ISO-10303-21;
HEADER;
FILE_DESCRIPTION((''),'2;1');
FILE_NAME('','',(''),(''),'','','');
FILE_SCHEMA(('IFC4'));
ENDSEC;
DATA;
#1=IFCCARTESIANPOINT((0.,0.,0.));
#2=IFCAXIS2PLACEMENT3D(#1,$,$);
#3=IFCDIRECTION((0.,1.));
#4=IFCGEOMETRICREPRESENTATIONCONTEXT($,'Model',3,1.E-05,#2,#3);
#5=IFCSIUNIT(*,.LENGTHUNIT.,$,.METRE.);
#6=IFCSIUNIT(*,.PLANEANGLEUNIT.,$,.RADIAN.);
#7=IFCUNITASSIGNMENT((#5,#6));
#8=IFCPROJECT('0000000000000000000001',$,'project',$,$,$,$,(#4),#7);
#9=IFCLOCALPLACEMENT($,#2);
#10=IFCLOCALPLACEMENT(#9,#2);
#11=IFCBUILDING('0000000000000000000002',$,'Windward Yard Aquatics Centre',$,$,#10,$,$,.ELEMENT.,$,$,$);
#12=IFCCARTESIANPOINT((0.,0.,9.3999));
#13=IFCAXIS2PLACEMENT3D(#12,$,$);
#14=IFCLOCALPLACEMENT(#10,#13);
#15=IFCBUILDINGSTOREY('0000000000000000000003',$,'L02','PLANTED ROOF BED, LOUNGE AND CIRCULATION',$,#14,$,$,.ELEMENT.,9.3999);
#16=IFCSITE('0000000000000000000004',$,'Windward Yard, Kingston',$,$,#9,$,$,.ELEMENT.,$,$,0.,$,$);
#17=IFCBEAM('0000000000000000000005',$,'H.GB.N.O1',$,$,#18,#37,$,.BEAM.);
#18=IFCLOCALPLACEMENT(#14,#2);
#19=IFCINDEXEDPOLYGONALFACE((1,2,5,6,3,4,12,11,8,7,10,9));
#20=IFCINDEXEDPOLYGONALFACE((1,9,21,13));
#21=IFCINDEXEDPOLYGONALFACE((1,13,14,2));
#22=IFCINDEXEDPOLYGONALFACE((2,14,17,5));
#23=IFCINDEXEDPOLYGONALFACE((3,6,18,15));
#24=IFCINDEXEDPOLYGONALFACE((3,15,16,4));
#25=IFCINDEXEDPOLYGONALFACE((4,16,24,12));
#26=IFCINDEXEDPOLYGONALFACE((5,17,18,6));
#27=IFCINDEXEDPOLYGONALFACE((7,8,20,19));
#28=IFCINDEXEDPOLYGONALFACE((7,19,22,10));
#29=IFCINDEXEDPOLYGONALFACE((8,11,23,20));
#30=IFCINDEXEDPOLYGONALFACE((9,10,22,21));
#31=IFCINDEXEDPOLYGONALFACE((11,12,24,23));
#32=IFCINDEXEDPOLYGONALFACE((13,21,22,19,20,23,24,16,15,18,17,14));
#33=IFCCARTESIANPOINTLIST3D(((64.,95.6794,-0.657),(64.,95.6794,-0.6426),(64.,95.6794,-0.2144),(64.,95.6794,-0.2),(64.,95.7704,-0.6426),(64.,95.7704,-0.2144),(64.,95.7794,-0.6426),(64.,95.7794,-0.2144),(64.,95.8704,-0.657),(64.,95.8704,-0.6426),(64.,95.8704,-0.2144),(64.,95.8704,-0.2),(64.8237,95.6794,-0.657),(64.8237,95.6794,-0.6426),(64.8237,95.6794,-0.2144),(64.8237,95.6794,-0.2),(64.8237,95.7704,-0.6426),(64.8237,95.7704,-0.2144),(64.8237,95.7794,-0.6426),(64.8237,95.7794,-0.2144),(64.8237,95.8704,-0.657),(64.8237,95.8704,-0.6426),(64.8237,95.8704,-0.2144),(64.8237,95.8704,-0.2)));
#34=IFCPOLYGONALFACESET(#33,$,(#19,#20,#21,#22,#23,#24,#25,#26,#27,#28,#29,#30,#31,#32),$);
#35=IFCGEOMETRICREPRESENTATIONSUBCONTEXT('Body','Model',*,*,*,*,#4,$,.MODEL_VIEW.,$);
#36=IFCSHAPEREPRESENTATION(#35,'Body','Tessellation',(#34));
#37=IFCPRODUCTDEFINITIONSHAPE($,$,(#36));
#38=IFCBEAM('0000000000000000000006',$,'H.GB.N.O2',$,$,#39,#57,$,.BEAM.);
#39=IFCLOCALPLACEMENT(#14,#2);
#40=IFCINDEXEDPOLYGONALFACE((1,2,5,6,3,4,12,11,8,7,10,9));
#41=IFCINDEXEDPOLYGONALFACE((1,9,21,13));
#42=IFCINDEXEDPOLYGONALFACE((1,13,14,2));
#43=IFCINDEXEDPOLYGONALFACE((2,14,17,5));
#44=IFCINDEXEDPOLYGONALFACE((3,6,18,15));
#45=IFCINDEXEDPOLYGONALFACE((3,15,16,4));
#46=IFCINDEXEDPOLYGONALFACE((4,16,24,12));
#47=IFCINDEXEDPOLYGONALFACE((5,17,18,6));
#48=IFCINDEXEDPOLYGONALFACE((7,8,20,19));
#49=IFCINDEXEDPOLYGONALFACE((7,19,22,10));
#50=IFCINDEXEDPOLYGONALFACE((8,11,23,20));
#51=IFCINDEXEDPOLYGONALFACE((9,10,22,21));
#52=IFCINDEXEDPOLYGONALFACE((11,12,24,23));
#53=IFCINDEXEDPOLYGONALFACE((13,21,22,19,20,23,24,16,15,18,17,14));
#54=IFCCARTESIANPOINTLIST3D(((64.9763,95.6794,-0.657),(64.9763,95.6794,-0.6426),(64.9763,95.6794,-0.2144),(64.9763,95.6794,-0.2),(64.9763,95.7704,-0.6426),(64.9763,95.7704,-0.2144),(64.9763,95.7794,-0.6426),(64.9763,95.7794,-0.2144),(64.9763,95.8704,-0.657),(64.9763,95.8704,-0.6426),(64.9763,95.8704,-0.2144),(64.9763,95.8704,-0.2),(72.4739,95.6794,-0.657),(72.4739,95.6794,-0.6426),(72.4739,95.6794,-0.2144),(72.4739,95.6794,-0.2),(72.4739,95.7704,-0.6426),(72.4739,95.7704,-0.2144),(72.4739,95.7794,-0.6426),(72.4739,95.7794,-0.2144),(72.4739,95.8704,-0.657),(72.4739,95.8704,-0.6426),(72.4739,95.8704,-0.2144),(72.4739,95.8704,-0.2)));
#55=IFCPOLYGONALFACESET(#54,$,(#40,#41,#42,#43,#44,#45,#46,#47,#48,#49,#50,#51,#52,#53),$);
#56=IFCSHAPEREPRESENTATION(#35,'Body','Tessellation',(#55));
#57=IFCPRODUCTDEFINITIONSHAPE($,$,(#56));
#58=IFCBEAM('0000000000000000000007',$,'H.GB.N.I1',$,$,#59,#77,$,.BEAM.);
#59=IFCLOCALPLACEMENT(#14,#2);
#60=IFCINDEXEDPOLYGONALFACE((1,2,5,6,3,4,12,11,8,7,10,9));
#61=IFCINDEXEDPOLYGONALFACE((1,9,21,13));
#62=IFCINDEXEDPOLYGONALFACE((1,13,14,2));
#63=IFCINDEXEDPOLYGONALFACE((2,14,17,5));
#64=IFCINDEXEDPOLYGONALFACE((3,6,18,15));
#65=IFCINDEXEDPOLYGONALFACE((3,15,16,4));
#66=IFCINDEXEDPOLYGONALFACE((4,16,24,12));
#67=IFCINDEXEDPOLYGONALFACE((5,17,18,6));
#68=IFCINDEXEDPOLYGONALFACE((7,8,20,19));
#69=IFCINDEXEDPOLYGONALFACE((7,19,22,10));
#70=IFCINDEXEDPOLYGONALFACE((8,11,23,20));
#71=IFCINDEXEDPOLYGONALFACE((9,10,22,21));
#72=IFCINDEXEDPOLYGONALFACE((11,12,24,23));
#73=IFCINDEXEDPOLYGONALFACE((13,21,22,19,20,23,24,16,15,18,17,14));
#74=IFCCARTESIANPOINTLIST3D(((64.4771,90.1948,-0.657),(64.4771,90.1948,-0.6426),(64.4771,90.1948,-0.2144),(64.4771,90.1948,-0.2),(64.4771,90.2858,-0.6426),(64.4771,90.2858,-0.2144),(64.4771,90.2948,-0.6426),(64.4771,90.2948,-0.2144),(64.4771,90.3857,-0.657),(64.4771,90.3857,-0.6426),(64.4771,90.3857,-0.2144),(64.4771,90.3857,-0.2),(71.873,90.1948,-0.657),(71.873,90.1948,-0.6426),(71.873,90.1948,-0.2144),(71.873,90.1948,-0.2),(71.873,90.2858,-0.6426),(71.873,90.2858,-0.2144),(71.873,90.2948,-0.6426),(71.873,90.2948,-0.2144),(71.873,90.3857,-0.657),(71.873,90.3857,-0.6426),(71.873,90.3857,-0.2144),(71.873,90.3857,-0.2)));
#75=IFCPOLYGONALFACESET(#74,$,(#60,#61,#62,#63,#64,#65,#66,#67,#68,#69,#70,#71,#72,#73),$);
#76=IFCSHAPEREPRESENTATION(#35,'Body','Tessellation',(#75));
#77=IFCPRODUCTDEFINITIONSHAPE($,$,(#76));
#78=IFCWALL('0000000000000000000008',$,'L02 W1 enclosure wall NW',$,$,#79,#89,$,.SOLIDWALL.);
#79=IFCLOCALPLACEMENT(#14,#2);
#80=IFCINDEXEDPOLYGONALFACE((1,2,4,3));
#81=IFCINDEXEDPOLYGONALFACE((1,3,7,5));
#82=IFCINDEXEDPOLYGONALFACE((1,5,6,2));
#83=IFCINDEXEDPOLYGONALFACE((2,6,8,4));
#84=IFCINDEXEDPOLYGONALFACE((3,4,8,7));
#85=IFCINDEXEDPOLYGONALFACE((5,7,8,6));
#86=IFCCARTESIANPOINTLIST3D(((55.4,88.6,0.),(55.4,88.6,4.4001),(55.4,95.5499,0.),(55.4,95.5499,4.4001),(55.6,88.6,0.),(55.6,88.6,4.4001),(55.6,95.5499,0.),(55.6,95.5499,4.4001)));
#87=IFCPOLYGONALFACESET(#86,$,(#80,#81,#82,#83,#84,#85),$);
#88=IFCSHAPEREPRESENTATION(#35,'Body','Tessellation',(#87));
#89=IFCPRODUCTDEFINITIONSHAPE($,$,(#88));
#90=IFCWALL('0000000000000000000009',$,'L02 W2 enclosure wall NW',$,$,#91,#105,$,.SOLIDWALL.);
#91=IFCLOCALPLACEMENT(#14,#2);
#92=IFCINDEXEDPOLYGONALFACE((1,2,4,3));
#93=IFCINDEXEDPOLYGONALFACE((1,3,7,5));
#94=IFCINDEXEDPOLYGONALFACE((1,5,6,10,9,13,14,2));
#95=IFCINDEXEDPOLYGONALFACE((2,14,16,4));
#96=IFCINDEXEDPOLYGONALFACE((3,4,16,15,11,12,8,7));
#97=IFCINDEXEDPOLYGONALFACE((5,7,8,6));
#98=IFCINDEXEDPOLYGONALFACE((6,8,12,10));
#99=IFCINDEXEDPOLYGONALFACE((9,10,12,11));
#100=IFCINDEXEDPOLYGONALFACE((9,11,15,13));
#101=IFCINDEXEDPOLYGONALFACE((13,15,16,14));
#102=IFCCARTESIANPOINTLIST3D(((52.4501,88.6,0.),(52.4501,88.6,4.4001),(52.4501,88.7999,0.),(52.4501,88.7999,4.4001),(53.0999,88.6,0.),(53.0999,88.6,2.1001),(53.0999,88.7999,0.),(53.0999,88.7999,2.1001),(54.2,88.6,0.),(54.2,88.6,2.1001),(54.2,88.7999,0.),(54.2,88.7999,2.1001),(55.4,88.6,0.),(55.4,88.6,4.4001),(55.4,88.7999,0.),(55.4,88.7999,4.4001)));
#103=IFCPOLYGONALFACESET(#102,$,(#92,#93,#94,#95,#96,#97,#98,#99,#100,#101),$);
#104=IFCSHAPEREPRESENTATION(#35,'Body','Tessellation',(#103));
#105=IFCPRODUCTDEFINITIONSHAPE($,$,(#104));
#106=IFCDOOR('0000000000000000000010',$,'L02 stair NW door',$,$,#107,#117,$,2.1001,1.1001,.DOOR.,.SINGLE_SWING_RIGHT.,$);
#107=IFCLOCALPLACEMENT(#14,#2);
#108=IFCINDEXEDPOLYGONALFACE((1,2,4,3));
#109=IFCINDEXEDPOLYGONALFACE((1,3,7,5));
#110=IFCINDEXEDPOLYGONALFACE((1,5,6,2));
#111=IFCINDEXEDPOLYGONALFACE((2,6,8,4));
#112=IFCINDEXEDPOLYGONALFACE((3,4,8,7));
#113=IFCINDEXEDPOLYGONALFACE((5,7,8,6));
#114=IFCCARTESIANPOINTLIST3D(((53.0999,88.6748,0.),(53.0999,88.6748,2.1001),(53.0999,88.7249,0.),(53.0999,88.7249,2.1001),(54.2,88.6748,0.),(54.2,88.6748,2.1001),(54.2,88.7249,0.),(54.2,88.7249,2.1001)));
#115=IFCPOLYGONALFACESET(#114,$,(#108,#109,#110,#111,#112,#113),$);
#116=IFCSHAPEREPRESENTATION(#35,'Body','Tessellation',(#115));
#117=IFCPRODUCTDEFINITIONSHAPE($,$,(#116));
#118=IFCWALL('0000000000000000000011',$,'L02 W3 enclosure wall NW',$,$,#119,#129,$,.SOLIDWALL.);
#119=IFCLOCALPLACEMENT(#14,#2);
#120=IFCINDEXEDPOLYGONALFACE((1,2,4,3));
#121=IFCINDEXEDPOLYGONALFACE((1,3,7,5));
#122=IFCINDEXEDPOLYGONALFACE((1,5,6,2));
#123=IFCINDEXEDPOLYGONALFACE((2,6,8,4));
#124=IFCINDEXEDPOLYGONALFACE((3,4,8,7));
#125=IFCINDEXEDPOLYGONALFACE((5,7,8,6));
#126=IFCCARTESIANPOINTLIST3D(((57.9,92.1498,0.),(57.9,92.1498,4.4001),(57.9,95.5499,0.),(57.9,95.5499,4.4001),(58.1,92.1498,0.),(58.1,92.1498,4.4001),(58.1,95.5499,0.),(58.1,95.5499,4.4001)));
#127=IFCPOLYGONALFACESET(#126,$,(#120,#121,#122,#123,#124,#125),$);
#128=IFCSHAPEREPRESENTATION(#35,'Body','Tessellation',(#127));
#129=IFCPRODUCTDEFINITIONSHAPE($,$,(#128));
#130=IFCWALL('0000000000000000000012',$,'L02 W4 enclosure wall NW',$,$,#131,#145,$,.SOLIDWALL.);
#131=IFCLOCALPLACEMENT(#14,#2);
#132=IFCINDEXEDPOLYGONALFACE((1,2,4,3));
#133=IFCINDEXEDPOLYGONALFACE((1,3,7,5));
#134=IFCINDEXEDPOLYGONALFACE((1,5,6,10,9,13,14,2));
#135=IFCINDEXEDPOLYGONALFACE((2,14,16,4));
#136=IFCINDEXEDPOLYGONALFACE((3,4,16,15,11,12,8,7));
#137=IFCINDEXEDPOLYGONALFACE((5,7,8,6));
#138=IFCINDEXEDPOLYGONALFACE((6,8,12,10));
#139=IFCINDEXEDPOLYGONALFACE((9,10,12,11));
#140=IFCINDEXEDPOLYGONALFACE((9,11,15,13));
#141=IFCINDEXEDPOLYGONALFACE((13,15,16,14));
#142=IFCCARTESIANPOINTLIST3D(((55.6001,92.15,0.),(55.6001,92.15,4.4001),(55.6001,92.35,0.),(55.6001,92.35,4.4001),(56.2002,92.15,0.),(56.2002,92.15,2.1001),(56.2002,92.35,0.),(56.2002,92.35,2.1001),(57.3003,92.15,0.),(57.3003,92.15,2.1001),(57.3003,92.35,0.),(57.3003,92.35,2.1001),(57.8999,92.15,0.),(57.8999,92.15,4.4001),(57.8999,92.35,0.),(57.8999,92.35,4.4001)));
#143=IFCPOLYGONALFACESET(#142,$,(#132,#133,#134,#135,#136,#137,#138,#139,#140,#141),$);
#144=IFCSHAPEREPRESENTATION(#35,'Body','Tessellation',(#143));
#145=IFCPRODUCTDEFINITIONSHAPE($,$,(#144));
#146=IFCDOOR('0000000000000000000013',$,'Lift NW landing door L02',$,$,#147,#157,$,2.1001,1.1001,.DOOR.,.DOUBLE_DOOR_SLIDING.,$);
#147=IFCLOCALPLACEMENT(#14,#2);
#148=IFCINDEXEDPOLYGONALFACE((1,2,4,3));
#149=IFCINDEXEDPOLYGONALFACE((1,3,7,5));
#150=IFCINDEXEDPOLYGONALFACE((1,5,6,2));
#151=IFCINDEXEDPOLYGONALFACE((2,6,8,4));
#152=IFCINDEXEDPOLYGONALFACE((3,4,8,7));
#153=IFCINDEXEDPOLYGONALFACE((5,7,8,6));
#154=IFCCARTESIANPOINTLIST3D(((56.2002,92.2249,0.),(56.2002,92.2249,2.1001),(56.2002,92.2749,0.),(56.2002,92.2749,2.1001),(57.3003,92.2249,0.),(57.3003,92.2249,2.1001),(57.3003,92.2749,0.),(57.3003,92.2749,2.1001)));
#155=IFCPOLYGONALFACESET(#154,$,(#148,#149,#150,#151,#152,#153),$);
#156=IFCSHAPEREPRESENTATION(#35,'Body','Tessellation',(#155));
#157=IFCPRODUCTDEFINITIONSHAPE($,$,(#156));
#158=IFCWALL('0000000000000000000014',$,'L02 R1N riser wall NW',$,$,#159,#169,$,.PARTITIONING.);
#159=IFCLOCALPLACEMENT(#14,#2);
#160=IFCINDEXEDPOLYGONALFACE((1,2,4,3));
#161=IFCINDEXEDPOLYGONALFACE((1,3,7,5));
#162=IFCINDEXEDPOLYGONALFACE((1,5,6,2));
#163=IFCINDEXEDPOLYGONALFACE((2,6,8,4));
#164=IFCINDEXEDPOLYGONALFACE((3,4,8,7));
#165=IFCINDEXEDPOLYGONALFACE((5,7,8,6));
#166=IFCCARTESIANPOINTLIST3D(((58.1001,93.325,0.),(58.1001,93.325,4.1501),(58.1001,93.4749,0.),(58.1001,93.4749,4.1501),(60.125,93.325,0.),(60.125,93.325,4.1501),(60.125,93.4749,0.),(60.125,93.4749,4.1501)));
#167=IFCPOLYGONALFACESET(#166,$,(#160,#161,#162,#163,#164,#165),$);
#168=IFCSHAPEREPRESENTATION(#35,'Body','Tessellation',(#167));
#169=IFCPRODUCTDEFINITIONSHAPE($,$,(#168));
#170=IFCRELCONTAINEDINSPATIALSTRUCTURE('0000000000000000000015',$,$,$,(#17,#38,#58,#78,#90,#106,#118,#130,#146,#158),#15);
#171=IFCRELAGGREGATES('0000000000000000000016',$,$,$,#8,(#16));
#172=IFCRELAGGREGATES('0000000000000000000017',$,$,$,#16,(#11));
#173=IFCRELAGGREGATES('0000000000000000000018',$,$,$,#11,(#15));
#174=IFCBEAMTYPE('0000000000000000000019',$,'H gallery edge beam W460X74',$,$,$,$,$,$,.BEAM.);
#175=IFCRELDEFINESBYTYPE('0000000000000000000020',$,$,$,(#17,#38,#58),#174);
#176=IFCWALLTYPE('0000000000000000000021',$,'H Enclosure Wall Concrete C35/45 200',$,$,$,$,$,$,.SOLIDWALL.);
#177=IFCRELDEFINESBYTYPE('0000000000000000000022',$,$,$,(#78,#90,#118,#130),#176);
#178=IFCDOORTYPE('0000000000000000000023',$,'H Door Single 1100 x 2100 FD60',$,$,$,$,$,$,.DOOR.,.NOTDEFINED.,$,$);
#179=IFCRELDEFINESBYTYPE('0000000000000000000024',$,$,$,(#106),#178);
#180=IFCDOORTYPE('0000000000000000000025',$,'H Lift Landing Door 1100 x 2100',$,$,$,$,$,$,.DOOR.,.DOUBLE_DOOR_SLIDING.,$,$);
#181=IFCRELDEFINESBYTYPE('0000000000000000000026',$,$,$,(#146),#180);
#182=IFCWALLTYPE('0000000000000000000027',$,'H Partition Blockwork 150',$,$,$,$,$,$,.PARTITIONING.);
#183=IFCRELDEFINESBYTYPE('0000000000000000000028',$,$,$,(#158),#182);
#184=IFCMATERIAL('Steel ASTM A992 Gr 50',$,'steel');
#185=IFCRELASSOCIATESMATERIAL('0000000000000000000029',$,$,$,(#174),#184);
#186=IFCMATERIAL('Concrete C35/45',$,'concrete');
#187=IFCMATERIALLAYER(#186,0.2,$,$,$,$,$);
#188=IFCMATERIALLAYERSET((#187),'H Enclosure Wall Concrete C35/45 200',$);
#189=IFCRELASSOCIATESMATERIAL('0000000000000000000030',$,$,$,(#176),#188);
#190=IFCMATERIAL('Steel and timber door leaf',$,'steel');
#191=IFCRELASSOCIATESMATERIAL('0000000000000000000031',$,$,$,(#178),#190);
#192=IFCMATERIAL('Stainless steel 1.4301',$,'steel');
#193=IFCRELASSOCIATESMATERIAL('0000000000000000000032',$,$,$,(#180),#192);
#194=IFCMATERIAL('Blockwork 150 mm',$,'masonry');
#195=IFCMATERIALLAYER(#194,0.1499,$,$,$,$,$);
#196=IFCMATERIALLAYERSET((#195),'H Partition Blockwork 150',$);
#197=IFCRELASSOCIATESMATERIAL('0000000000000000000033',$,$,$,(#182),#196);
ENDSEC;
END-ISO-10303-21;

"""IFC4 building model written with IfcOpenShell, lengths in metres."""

from ifc_helpers import new_model, si_unit, direction, frame, frame_2d, origin, origin_2d, place, context, subcontext, project, spatial, rectangle, i_section, extrude, material, layer, layer_set, material_profile, profile_set, type_object, element, fill, save


model = new_model("IFC4")

# Units and contexts
model_context = context("Model", 3, precision=1e-05, world=origin(), true_north=direction((0.0, 1.0)))
body_context = subcontext(model_context, "Body", "Model", "MODEL_VIEW")
ifc_project = project(units=[si_unit("LENGTHUNIT", "METRE"), si_unit("PLANEANGLEUNIT", "RADIAN")], contexts=[model_context])

# Site, building, storey
site_placement = place(None, origin())
site = spatial("IfcSite", under=ifc_project, at=site_placement, Name="Windward Yard, Kingston", CompositionType="ELEMENT", RefElevation=0.0)
building_placement = place(site_placement, origin())
building = spatial("IfcBuilding", under=site, at=building_placement, Name="Windward Yard Aquatics Centre", CompositionType="ELEMENT")
storey_placement = place(building_placement, frame((0.0, 0.0, 9.3999)))
storey = spatial("IfcBuildingStorey", under=building, at=storey_placement, Name="L02", Description="PLANTED ROOF BED, LOUNGE AND CIRCULATION", CompositionType="ELEMENT", Elevation=9.3999)

# Beams
ifc_material_1 = material(Name="Steel ASTM A992 Gr 50", Category="steel")
ifc_material_profile = material_profile(ifc_material_1, i_section(OverallWidth=0.1909, OverallDepth=0.457, WebThickness=0.009, FlangeThickness=0.0144, at=origin_2d()), Name="W460X74")
ifc_profile_set = profile_set([ifc_material_profile], Name="Steel ASTM A992 Gr 50")
beam_type = type_object("IfcBeamType", Name="H gallery edge beam W460X74", PredefinedType="BEAM", material=ifc_profile_set)
beam_1_placement = place(storey_placement, frame((64.0, 95.7749, -0.4285), z_axis=(1.0, 0.0, 0.0), x_axis=(0.0, 1.0, 0.0)))
element("IfcBeam", 1, at=beam_1_placement, inside=storey, type_object=beam_type, Name="H.GB.N.O1", PredefinedType="BEAM", context=body_context, shape_type="SweptSolid", body=[
    extrude(i_section(OverallWidth=0.1909, OverallDepth=0.457, WebThickness=0.009, FlangeThickness=0.0144, at=origin_2d()), origin(), (0.0, 0.0, 1.0), 0.8237),
])
beam_2_placement = place(storey_placement, frame((64.9763, 95.7749, -0.4285), z_axis=(1.0, 0.0, 0.0), x_axis=(0.0, 1.0, 0.0)))
element("IfcBeam", 2, at=beam_2_placement, inside=storey, type_object=beam_type, Name="H.GB.N.O2", PredefinedType="BEAM", context=body_context, shape_type="SweptSolid", body=[
    extrude(i_section(OverallWidth=0.1909, OverallDepth=0.457, WebThickness=0.009, FlangeThickness=0.0144, at=origin_2d()), origin(), (0.0, 0.0, 1.0), 7.4976),
])
beam_3_placement = place(storey_placement, frame((64.4771, 90.2903, -0.4285), z_axis=(1.0, 0.0, 0.0), x_axis=(0.0, 1.0, 0.0)))
element("IfcBeam", 3, at=beam_3_placement, inside=storey, type_object=beam_type, Name="H.GB.N.I1", PredefinedType="BEAM", context=body_context, shape_type="SweptSolid", body=[
    extrude(i_section(OverallWidth=0.1909, OverallDepth=0.457, WebThickness=0.009, FlangeThickness=0.0144, at=origin_2d()), origin(), (0.0, 0.0, 1.0), 7.396),
])

# Wall
ifc_material_2 = material(Name="Concrete C35/45", Category="concrete")
ifc_layer_1 = layer(ifc_material_2, 0.2)
ifc_layer_set_1 = layer_set([ifc_layer_1], Name="H Enclosure Wall Concrete C35/45 200")
wall_type_1 = type_object("IfcWallType", Name="H Enclosure Wall Concrete C35/45 200", PredefinedType="SOLIDWALL", material=ifc_layer_set_1)
wall_1_placement = place(storey_placement, frame((55.5, 95.55, 0.0), z_axis=(0.0, 0.0, 1.0), x_axis=(0.0, -1.0, 0.0)))
element("IfcWall", 4, at=wall_1_placement, inside=storey, type_object=wall_type_1, Name="L02 W1 enclosure wall NW", PredefinedType="SOLIDWALL", context=body_context, shape_type="SweptSolid", body=[
    extrude(rectangle(XDim=6.95, YDim=0.2, at=frame_2d((3.4751, 0.0))), origin(), (0.0, 0.0, 1.0), 4.4001),
])

# Wall, opening, door
wall_2_placement = place(storey_placement, frame((52.45, 88.7, 0.0), z_axis=(0.0, 0.0, 1.0), x_axis=(1.0, 0.0, 0.0)))
wall_2 = element("IfcWall", 5, at=wall_2_placement, inside=storey, type_object=wall_type_1, Name="L02 W2 enclosure wall NW", PredefinedType="SOLIDWALL", context=body_context, shape_type="SweptSolid", body=[
    extrude(rectangle(XDim=2.95, YDim=0.2, at=frame_2d((1.4751, 0.0))), origin(), (0.0, 0.0, 1.0), 4.4001),
])
opening_1_placement = place(wall_2_placement, frame((0.6499, 0.0, 0.0)))
opening_1 = element("IfcOpeningElement", 6, at=opening_1_placement, cuts=wall_2, PredefinedType="OPENING", context=body_context, shape_type="SweptSolid", body=[
    extrude(rectangle(XDim=1.1001, YDim=2.1001, at=frame_2d((0.55, 1.05))), frame((0.0, 0.1099, 0.0), z_axis=(0.0, -1.0, 0.0), x_axis=(1.0, 0.0, 0.0)), (0.0, 0.0, 1.0), 0.22),
])
ifc_material_3 = material(Name="Steel and timber door leaf", Category="steel")
door_type_1 = type_object("IfcDoorType", Name="H Door Single 1100 x 2100 FD60", OperationType="NOTDEFINED", PredefinedType="DOOR", material=ifc_material_3)
door_1_placement = place(opening_1_placement, origin())
door_1 = element("IfcDoor", 7, at=door_1_placement, inside=storey, type_object=door_type_1, Name="L02 stair NW door", OperationType="SINGLE_SWING_RIGHT", OverallHeight=2.1001, OverallWidth=1.1001, PredefinedType="DOOR", context=body_context, shape_type="SweptSolid", body=[
    extrude(rectangle(XDim=1.1001, YDim=2.1001, at=frame_2d((0.55, 1.05))), frame((0.0, 0.0249, 0.0), z_axis=(0.0, -1.0, 0.0), x_axis=(1.0, 0.0, 0.0)), (0.0, 0.0, 1.0), 0.05),
])
fill(opening_1, door_1)

# Wall
wall_3_placement = place(storey_placement, frame((58.0, 95.55, 0.0), z_axis=(0.0, 0.0, 1.0), x_axis=(0.0, -1.0, 0.0)))
element("IfcWall", 8, at=wall_3_placement, inside=storey, type_object=wall_type_1, Name="L02 W3 enclosure wall NW", PredefinedType="SOLIDWALL", context=body_context, shape_type="SweptSolid", body=[
    extrude(rectangle(XDim=3.4001, YDim=0.2, at=frame_2d((1.7002, 0.0))), origin(), (0.0, 0.0, 1.0), 4.4001),
])

# Wall, opening, door
wall_4_placement = place(storey_placement, frame((55.6001, 92.25, 0.0), z_axis=(0.0, 0.0, 1.0), x_axis=(1.0, 0.0, 0.0)))
wall_4 = element("IfcWall", 9, at=wall_4_placement, inside=storey, type_object=wall_type_1, Name="L02 W4 enclosure wall NW", PredefinedType="SOLIDWALL", context=body_context, shape_type="SweptSolid", body=[
    extrude(rectangle(XDim=2.2998, YDim=0.2, at=frame_2d((1.1499, 0.0))), origin(), (0.0, 0.0, 1.0), 4.4001),
])
opening_2_placement = place(wall_4_placement, frame((0.6001, 0.0, 0.0)))
opening_2 = element("IfcOpeningElement", 10, at=opening_2_placement, cuts=wall_4, PredefinedType="OPENING", context=body_context, shape_type="SweptSolid", body=[
    extrude(rectangle(XDim=1.1001, YDim=2.1001, at=frame_2d((0.55, 1.05))), frame((0.0, 0.1099, 0.0), z_axis=(0.0, -1.0, 0.0), x_axis=(1.0, 0.0, 0.0)), (0.0, 0.0, 1.0), 0.22),
])
ifc_material_4 = material(Name="Stainless steel 1.4301", Category="steel")
door_type_2 = type_object("IfcDoorType", Name="H Lift Landing Door 1100 x 2100", OperationType="DOUBLE_DOOR_SLIDING", PredefinedType="DOOR", material=ifc_material_4)
door_2_placement = place(opening_2_placement, origin())
door_2 = element("IfcDoor", 11, at=door_2_placement, inside=storey, type_object=door_type_2, Name="Lift NW landing door L02", OperationType="DOUBLE_DOOR_SLIDING", OverallHeight=2.1001, OverallWidth=1.1001, PredefinedType="DOOR", context=body_context, shape_type="SweptSolid", body=[
    extrude(rectangle(XDim=1.1001, YDim=2.1001, at=frame_2d((0.55, 1.05))), frame((0.0, 0.0249, 0.0), z_axis=(0.0, -1.0, 0.0), x_axis=(1.0, 0.0, 0.0)), (0.0, 0.0, 1.0), 0.05),
])
fill(opening_2, door_2)

# Wall
ifc_material_5 = material(Name="Blockwork 150 mm", Category="masonry")
ifc_layer_2 = layer(ifc_material_5, 0.1499)
ifc_layer_set_2 = layer_set([ifc_layer_2], Name="H Partition Blockwork 150")
wall_type_2 = type_object("IfcWallType", Name="H Partition Blockwork 150", PredefinedType="PARTITIONING", material=ifc_layer_set_2)
wall_5_placement = place(storey_placement, frame((58.1001, 93.3999, 0.0), z_axis=(0.0, 0.0, 1.0), x_axis=(1.0, 0.0, 0.0)))
element("IfcWall", 12, at=wall_5_placement, inside=storey, type_object=wall_type_2, Name="L02 R1N riser wall NW", PredefinedType="PARTITIONING", context=body_context, shape_type="SweptSolid", body=[
    extrude(rectangle(XDim=2.0249, YDim=0.1499, at=frame_2d((1.0125, 0.0))), origin(), (0.0, 0.0, 1.0), 4.1501),
])

save(model, "model.ifc")
